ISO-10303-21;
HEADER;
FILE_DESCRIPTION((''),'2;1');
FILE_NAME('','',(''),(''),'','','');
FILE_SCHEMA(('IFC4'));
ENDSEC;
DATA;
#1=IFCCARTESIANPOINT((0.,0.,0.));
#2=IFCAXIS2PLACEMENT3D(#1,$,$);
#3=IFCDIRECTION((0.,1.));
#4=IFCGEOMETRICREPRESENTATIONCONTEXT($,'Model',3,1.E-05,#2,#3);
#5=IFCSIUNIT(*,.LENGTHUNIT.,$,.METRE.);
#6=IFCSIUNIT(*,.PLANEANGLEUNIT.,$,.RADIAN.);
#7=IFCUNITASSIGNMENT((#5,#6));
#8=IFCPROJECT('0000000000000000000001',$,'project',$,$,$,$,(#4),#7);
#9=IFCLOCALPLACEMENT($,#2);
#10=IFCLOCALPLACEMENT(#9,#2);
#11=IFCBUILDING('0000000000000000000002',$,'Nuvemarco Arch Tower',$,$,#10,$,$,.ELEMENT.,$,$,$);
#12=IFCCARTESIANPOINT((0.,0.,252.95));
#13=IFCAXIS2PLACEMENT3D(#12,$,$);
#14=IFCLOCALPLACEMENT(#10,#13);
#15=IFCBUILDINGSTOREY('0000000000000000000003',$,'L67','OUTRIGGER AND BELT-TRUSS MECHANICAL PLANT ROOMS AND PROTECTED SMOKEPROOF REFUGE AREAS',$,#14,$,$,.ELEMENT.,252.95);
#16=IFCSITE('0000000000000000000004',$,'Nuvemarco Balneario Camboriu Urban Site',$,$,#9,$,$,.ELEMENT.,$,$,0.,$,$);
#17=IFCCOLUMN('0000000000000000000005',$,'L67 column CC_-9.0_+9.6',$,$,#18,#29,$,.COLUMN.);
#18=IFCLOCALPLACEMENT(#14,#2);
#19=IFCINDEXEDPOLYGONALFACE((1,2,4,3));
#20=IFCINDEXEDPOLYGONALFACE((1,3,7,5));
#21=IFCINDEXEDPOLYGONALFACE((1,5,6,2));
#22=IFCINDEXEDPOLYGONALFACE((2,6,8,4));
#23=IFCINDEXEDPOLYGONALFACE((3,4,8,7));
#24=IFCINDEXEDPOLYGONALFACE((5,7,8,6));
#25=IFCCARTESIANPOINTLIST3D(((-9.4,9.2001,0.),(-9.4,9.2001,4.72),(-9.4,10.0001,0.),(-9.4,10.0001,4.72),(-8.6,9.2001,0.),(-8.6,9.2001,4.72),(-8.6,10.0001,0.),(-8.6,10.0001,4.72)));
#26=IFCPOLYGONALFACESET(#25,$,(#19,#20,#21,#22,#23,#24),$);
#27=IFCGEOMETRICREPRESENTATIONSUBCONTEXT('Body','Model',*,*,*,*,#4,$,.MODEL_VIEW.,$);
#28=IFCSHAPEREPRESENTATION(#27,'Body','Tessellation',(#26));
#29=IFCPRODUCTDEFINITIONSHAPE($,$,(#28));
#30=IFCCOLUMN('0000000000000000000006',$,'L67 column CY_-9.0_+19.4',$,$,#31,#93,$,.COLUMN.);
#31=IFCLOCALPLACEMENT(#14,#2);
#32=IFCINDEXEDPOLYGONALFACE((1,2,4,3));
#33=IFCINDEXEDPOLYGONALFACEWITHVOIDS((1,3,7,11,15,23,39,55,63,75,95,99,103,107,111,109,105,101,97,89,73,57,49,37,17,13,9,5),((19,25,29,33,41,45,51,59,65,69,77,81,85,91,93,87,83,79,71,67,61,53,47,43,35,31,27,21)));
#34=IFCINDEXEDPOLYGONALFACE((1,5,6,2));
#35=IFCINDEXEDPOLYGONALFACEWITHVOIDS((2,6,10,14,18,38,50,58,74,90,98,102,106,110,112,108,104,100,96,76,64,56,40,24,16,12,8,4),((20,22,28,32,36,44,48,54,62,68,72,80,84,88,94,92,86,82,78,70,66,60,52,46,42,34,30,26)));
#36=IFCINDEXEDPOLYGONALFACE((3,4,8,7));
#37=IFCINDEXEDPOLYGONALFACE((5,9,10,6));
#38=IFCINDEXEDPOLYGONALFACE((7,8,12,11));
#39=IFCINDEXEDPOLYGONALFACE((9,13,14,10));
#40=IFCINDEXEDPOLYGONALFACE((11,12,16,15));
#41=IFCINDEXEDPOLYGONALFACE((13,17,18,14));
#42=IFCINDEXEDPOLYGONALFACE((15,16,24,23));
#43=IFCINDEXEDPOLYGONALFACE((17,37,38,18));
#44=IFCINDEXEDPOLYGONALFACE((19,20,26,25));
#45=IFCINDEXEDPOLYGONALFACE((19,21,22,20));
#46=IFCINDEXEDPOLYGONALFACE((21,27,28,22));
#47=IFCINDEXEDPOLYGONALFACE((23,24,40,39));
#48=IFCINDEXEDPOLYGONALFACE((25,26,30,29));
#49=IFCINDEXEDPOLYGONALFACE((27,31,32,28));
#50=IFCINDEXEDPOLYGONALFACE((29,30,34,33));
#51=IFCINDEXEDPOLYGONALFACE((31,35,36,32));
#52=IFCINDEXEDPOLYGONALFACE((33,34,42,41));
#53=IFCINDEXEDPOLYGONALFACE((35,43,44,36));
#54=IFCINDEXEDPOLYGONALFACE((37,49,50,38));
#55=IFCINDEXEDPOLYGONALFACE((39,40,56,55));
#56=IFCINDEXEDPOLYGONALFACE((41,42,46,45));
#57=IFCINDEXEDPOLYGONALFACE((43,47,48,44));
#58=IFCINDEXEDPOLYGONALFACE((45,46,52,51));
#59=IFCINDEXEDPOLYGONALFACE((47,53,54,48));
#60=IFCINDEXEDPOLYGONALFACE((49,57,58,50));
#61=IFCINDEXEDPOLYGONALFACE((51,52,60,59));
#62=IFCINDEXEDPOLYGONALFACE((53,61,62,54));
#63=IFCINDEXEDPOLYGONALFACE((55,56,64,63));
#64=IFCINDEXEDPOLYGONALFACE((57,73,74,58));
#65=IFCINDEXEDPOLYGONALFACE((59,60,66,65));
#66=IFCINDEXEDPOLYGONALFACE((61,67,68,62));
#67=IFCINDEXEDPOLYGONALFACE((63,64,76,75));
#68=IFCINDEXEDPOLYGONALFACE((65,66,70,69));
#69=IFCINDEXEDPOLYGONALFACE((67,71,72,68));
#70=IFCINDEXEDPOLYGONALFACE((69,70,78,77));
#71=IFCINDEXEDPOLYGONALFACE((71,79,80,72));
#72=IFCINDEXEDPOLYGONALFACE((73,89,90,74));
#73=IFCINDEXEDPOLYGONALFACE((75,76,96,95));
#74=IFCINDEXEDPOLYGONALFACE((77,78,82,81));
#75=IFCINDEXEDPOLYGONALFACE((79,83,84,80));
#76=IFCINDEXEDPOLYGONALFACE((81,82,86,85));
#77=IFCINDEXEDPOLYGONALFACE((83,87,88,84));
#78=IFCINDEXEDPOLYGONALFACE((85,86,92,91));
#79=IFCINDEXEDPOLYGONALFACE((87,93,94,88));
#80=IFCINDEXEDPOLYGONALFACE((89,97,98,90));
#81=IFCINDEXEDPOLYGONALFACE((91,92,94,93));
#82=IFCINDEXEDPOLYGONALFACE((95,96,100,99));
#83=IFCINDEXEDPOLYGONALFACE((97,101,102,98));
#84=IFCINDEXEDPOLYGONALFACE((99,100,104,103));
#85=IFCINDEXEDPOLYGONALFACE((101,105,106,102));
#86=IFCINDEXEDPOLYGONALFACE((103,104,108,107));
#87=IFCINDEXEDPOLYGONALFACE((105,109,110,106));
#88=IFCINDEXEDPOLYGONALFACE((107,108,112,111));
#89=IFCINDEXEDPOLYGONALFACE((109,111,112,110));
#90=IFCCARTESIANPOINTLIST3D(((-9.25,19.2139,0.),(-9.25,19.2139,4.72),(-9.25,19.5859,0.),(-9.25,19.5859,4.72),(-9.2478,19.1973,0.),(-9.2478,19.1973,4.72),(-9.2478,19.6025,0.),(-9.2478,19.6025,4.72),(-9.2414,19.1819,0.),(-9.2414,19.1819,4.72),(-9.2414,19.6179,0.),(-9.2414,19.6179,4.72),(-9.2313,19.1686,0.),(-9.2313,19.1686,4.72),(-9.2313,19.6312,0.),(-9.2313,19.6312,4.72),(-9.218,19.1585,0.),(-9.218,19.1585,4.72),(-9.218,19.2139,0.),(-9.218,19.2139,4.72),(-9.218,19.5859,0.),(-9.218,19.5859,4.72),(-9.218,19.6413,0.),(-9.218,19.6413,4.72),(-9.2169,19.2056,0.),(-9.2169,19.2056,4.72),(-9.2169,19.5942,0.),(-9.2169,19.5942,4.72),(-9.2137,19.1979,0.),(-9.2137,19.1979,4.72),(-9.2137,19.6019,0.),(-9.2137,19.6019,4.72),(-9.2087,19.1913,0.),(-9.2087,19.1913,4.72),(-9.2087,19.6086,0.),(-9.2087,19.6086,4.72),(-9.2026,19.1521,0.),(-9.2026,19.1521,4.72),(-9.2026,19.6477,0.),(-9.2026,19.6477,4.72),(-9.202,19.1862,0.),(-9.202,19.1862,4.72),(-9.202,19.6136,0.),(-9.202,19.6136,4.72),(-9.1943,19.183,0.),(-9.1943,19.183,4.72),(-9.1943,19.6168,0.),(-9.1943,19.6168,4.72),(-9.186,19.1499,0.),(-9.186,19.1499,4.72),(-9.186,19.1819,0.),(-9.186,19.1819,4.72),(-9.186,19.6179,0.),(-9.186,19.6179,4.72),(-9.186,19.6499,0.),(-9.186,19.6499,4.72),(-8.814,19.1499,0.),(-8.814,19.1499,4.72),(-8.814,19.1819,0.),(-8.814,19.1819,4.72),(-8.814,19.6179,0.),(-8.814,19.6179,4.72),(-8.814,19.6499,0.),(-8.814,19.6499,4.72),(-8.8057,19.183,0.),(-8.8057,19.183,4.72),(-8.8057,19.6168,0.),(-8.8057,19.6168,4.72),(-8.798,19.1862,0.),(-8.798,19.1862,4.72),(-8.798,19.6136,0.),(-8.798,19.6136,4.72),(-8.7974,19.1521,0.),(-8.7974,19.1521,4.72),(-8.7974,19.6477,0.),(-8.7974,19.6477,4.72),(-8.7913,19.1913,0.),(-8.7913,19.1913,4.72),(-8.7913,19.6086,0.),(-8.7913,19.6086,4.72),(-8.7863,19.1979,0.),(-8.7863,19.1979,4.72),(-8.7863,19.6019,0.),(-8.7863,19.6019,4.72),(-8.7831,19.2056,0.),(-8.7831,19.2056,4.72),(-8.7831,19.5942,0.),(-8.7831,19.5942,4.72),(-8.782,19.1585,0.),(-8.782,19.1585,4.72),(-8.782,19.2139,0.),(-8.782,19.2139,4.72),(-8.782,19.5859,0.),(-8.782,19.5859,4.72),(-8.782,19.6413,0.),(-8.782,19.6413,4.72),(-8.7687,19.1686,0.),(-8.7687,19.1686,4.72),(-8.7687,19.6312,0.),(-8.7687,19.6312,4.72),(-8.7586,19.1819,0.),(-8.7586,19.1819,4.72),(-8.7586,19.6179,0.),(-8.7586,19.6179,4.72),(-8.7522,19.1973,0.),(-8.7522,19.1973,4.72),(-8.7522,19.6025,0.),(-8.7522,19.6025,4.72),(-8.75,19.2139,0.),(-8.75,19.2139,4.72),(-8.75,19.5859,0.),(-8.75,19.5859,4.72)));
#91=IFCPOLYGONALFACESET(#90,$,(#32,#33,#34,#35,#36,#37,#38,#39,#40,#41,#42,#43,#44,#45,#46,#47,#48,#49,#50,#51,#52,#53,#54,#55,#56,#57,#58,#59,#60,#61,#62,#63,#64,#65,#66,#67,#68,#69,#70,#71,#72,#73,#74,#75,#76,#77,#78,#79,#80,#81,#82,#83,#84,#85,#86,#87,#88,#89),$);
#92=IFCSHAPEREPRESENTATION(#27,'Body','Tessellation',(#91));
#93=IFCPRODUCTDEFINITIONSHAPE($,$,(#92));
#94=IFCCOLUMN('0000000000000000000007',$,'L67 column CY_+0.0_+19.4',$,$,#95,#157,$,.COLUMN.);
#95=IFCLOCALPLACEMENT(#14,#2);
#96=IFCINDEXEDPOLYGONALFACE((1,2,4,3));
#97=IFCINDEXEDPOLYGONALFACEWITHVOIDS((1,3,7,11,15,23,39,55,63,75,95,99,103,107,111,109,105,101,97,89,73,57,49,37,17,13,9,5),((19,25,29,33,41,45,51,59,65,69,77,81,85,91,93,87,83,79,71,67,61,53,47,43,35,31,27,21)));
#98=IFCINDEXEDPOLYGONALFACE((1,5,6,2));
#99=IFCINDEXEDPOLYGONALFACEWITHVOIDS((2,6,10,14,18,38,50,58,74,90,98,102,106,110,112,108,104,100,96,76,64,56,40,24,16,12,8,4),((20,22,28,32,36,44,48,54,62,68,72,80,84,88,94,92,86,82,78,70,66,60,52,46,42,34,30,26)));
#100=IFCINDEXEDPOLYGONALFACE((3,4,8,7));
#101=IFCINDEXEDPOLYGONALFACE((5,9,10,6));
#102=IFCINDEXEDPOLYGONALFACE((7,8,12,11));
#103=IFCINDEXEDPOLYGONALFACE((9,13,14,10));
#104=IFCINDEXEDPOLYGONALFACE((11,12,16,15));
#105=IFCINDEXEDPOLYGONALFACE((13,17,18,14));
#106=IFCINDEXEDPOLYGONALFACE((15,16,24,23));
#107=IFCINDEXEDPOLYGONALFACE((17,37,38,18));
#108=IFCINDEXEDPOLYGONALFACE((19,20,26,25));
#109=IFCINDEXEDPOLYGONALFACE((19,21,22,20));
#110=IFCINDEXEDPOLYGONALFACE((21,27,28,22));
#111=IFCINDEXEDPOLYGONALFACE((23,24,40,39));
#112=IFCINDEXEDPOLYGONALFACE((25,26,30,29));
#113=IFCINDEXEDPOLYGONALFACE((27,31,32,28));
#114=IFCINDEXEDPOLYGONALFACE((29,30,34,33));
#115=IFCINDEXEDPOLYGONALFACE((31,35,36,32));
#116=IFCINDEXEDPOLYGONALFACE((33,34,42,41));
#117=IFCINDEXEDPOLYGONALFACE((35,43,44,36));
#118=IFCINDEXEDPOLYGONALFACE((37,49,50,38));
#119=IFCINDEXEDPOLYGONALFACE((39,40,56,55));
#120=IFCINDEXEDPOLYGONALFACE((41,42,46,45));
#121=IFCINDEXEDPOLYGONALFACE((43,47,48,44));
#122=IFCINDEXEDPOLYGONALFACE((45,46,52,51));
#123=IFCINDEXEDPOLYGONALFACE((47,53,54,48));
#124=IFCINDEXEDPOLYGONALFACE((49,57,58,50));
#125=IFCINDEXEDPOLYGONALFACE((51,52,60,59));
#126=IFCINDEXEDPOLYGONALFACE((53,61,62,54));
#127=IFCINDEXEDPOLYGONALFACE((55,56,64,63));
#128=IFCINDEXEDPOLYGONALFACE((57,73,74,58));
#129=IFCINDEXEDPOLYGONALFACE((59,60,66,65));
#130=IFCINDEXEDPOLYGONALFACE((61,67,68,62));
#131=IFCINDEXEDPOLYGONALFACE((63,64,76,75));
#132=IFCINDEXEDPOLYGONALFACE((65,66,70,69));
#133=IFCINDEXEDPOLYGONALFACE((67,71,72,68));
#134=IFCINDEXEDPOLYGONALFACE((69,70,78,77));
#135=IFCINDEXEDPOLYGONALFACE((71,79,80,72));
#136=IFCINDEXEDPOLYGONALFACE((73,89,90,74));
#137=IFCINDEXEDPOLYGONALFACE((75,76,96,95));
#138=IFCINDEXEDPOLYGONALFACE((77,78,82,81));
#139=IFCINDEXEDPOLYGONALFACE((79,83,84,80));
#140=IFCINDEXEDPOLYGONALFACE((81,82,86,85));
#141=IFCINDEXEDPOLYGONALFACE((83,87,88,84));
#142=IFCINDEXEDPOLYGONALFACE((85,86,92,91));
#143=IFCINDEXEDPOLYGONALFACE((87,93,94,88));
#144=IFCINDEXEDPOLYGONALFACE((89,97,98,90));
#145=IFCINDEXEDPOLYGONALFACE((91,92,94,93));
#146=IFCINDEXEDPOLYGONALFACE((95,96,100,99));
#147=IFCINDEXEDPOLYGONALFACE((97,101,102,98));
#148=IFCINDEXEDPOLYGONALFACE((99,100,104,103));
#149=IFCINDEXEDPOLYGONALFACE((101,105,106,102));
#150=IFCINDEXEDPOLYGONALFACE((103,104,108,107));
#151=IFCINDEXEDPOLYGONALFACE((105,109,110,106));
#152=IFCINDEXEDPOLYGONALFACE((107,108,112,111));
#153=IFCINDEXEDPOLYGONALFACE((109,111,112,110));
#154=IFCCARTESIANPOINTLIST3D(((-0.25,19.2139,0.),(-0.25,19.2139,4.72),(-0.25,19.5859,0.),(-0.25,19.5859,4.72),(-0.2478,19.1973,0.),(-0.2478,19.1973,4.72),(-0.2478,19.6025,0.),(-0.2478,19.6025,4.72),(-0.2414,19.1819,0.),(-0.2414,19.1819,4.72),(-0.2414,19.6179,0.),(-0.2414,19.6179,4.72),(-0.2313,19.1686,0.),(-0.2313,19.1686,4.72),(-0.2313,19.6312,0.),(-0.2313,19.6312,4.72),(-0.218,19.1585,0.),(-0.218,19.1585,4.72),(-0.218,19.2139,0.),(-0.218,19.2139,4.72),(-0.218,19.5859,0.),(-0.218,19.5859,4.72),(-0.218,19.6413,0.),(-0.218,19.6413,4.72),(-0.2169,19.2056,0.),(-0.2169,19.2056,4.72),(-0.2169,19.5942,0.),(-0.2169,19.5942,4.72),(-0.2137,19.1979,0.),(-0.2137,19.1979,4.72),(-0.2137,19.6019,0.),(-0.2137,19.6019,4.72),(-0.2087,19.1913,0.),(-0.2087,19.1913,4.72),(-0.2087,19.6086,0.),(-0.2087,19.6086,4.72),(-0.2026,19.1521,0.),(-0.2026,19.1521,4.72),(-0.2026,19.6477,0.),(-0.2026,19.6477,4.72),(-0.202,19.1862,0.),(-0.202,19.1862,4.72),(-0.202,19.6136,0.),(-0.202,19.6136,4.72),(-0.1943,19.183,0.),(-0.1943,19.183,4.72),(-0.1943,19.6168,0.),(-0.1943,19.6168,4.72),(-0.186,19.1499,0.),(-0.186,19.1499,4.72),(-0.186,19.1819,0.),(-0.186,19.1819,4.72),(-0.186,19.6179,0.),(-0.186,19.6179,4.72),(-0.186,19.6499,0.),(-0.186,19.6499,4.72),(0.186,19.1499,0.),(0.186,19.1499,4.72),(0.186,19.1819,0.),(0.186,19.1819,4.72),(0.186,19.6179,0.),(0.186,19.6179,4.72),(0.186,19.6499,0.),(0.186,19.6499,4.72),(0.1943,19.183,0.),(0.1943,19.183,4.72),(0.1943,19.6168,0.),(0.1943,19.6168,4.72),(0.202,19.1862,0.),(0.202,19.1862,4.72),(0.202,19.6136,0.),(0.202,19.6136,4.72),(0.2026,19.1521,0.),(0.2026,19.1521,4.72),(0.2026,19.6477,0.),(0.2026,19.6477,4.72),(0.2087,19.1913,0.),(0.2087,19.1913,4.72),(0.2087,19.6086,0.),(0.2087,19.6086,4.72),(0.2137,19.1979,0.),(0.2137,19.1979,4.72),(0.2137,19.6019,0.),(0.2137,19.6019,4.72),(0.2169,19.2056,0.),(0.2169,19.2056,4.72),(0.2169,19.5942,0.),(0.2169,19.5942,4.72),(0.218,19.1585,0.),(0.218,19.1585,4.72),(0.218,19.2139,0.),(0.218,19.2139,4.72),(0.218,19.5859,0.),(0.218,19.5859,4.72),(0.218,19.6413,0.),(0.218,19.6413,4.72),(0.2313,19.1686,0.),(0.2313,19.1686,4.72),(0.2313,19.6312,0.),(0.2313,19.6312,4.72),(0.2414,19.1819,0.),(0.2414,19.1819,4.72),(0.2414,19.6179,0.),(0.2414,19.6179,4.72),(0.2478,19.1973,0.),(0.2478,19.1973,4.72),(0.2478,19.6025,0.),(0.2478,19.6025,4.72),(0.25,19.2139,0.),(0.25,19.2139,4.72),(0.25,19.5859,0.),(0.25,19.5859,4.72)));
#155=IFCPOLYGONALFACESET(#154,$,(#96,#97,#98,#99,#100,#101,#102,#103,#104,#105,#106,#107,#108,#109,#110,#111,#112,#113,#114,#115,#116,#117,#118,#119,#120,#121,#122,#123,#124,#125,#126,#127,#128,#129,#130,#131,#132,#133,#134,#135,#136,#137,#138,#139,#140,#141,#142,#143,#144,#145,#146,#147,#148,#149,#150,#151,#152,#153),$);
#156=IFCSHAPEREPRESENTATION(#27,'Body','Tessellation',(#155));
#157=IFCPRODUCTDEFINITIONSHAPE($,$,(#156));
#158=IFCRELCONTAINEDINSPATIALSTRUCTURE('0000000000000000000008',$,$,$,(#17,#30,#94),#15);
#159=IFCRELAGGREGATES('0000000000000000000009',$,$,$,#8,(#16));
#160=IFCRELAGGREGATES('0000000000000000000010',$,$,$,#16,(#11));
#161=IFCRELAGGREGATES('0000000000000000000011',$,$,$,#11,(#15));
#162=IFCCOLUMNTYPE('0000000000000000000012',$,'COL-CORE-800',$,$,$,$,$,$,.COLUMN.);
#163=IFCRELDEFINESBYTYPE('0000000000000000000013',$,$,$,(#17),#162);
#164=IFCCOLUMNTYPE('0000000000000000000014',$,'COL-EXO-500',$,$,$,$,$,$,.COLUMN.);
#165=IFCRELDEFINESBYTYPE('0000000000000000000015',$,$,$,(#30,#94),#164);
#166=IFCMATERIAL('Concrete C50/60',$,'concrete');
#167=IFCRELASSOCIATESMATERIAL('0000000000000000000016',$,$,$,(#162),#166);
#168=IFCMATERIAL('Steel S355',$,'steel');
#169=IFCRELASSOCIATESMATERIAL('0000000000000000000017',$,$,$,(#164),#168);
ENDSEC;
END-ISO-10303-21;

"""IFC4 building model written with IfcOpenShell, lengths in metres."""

from ifc_helpers import new_model, si_unit, direction, frame, origin, origin_2d, place, context, subcontext, project, spatial, rectangle, hollow_rectangle, extrude, material, material_profile, profile_set, type_object, element, save


model = new_model("IFC4")

# Units and contexts
model_context = context("Model", 3, precision=1e-05, world=origin(), true_north=direction((0.0, 1.0)))
body_context = subcontext(model_context, "Body", "Model", "MODEL_VIEW")
ifc_project = project(units=[si_unit("LENGTHUNIT", "METRE"), si_unit("PLANEANGLEUNIT", "RADIAN")], contexts=[model_context])

# Site, building, storey
site_placement = place(None, origin())
site = spatial("IfcSite", under=ifc_project, at=site_placement, Name="Nuvemarco Balneario Camboriu Urban Site", CompositionType="ELEMENT", RefElevation=0.0)
building_placement = place(site_placement, origin())
building = spatial("IfcBuilding", under=site, at=building_placement, Name="Nuvemarco Arch Tower", CompositionType="ELEMENT")
storey_placement = place(building_placement, frame((0.0, 0.0, 252.95)))
storey = spatial("IfcBuildingStorey", under=building, at=storey_placement, Name="L67", Description="OUTRIGGER AND BELT-TRUSS MECHANICAL PLANT ROOMS AND PROTECTED SMOKEPROOF REFUGE AREAS", CompositionType="ELEMENT", Elevation=252.95)

# Columns
ifc_material_1 = material(Name="Concrete C50/60", Category="concrete")
ifc_material_profile_1 = material_profile(ifc_material_1, rectangle(XDim=0.8, YDim=0.8, at=origin_2d()), Name="RC-COL-800x800")
ifc_profile_set_1 = profile_set([ifc_material_profile_1], Name="Concrete C50/60")
column_type_1 = type_object("IfcColumnType", Name="COL-CORE-800", PredefinedType="COLUMN", material=ifc_profile_set_1)
column_1_placement = place(storey_placement, frame((-9.0, 9.6001, 0.0), z_axis=(0.0, 0.0, 1.0), x_axis=(1.0, 0.0, 0.0)))
element("IfcColumn", 1, at=column_1_placement, inside=storey, type_object=column_type_1, Name="L67 column CC_-9.0_+9.6", PredefinedType="COLUMN", context=body_context, shape_type="SweptSolid", body=[
    extrude(rectangle(XDim=0.8, YDim=0.8, at=origin_2d()), origin(), (0.0, 0.0, 1.0), 4.72),
])
ifc_material_2 = material(Name="Steel S355", Category="steel")
ifc_material_profile_2 = material_profile(ifc_material_2, hollow_rectangle(XDim=0.5, YDim=0.5, WallThickness=0.032, InnerFilletRadius=0.032, OuterFilletRadius=0.064, at=origin_2d()), Name="SHS500x500x32")
ifc_profile_set_2 = profile_set([ifc_material_profile_2], Name="Steel S355")
column_type_2 = type_object("IfcColumnType", Name="COL-EXO-500", PredefinedType="COLUMN", material=ifc_profile_set_2)
for number, where, z_axis, x_axis, name in (
    (2, (-9.0, 19.3999, 0.0), (0.0, 0.0, 1.0), (1.0, 0.0, 0.0), "L67 column CY_-9.0_+19.4"),
    (3, (0.0, 19.3999, 0.0), (0.0, 0.0, 1.0), (1.0, 0.0, 0.0), "L67 column CY_+0.0_+19.4"),
):
    element("IfcColumn", number, at=place(storey_placement, frame(where, z_axis=z_axis, x_axis=x_axis)), inside=storey, type_object=column_type_2, Name=name, PredefinedType="COLUMN", context=body_context, shape_type="SweptSolid", body=[
        extrude(hollow_rectangle(XDim=0.5, YDim=0.5, WallThickness=0.032, InnerFilletRadius=0.032, OuterFilletRadius=0.064, at=origin_2d()), origin(), (0.0, 0.0, 1.0), 4.72),
    ])

save(model, "model.ifc")
